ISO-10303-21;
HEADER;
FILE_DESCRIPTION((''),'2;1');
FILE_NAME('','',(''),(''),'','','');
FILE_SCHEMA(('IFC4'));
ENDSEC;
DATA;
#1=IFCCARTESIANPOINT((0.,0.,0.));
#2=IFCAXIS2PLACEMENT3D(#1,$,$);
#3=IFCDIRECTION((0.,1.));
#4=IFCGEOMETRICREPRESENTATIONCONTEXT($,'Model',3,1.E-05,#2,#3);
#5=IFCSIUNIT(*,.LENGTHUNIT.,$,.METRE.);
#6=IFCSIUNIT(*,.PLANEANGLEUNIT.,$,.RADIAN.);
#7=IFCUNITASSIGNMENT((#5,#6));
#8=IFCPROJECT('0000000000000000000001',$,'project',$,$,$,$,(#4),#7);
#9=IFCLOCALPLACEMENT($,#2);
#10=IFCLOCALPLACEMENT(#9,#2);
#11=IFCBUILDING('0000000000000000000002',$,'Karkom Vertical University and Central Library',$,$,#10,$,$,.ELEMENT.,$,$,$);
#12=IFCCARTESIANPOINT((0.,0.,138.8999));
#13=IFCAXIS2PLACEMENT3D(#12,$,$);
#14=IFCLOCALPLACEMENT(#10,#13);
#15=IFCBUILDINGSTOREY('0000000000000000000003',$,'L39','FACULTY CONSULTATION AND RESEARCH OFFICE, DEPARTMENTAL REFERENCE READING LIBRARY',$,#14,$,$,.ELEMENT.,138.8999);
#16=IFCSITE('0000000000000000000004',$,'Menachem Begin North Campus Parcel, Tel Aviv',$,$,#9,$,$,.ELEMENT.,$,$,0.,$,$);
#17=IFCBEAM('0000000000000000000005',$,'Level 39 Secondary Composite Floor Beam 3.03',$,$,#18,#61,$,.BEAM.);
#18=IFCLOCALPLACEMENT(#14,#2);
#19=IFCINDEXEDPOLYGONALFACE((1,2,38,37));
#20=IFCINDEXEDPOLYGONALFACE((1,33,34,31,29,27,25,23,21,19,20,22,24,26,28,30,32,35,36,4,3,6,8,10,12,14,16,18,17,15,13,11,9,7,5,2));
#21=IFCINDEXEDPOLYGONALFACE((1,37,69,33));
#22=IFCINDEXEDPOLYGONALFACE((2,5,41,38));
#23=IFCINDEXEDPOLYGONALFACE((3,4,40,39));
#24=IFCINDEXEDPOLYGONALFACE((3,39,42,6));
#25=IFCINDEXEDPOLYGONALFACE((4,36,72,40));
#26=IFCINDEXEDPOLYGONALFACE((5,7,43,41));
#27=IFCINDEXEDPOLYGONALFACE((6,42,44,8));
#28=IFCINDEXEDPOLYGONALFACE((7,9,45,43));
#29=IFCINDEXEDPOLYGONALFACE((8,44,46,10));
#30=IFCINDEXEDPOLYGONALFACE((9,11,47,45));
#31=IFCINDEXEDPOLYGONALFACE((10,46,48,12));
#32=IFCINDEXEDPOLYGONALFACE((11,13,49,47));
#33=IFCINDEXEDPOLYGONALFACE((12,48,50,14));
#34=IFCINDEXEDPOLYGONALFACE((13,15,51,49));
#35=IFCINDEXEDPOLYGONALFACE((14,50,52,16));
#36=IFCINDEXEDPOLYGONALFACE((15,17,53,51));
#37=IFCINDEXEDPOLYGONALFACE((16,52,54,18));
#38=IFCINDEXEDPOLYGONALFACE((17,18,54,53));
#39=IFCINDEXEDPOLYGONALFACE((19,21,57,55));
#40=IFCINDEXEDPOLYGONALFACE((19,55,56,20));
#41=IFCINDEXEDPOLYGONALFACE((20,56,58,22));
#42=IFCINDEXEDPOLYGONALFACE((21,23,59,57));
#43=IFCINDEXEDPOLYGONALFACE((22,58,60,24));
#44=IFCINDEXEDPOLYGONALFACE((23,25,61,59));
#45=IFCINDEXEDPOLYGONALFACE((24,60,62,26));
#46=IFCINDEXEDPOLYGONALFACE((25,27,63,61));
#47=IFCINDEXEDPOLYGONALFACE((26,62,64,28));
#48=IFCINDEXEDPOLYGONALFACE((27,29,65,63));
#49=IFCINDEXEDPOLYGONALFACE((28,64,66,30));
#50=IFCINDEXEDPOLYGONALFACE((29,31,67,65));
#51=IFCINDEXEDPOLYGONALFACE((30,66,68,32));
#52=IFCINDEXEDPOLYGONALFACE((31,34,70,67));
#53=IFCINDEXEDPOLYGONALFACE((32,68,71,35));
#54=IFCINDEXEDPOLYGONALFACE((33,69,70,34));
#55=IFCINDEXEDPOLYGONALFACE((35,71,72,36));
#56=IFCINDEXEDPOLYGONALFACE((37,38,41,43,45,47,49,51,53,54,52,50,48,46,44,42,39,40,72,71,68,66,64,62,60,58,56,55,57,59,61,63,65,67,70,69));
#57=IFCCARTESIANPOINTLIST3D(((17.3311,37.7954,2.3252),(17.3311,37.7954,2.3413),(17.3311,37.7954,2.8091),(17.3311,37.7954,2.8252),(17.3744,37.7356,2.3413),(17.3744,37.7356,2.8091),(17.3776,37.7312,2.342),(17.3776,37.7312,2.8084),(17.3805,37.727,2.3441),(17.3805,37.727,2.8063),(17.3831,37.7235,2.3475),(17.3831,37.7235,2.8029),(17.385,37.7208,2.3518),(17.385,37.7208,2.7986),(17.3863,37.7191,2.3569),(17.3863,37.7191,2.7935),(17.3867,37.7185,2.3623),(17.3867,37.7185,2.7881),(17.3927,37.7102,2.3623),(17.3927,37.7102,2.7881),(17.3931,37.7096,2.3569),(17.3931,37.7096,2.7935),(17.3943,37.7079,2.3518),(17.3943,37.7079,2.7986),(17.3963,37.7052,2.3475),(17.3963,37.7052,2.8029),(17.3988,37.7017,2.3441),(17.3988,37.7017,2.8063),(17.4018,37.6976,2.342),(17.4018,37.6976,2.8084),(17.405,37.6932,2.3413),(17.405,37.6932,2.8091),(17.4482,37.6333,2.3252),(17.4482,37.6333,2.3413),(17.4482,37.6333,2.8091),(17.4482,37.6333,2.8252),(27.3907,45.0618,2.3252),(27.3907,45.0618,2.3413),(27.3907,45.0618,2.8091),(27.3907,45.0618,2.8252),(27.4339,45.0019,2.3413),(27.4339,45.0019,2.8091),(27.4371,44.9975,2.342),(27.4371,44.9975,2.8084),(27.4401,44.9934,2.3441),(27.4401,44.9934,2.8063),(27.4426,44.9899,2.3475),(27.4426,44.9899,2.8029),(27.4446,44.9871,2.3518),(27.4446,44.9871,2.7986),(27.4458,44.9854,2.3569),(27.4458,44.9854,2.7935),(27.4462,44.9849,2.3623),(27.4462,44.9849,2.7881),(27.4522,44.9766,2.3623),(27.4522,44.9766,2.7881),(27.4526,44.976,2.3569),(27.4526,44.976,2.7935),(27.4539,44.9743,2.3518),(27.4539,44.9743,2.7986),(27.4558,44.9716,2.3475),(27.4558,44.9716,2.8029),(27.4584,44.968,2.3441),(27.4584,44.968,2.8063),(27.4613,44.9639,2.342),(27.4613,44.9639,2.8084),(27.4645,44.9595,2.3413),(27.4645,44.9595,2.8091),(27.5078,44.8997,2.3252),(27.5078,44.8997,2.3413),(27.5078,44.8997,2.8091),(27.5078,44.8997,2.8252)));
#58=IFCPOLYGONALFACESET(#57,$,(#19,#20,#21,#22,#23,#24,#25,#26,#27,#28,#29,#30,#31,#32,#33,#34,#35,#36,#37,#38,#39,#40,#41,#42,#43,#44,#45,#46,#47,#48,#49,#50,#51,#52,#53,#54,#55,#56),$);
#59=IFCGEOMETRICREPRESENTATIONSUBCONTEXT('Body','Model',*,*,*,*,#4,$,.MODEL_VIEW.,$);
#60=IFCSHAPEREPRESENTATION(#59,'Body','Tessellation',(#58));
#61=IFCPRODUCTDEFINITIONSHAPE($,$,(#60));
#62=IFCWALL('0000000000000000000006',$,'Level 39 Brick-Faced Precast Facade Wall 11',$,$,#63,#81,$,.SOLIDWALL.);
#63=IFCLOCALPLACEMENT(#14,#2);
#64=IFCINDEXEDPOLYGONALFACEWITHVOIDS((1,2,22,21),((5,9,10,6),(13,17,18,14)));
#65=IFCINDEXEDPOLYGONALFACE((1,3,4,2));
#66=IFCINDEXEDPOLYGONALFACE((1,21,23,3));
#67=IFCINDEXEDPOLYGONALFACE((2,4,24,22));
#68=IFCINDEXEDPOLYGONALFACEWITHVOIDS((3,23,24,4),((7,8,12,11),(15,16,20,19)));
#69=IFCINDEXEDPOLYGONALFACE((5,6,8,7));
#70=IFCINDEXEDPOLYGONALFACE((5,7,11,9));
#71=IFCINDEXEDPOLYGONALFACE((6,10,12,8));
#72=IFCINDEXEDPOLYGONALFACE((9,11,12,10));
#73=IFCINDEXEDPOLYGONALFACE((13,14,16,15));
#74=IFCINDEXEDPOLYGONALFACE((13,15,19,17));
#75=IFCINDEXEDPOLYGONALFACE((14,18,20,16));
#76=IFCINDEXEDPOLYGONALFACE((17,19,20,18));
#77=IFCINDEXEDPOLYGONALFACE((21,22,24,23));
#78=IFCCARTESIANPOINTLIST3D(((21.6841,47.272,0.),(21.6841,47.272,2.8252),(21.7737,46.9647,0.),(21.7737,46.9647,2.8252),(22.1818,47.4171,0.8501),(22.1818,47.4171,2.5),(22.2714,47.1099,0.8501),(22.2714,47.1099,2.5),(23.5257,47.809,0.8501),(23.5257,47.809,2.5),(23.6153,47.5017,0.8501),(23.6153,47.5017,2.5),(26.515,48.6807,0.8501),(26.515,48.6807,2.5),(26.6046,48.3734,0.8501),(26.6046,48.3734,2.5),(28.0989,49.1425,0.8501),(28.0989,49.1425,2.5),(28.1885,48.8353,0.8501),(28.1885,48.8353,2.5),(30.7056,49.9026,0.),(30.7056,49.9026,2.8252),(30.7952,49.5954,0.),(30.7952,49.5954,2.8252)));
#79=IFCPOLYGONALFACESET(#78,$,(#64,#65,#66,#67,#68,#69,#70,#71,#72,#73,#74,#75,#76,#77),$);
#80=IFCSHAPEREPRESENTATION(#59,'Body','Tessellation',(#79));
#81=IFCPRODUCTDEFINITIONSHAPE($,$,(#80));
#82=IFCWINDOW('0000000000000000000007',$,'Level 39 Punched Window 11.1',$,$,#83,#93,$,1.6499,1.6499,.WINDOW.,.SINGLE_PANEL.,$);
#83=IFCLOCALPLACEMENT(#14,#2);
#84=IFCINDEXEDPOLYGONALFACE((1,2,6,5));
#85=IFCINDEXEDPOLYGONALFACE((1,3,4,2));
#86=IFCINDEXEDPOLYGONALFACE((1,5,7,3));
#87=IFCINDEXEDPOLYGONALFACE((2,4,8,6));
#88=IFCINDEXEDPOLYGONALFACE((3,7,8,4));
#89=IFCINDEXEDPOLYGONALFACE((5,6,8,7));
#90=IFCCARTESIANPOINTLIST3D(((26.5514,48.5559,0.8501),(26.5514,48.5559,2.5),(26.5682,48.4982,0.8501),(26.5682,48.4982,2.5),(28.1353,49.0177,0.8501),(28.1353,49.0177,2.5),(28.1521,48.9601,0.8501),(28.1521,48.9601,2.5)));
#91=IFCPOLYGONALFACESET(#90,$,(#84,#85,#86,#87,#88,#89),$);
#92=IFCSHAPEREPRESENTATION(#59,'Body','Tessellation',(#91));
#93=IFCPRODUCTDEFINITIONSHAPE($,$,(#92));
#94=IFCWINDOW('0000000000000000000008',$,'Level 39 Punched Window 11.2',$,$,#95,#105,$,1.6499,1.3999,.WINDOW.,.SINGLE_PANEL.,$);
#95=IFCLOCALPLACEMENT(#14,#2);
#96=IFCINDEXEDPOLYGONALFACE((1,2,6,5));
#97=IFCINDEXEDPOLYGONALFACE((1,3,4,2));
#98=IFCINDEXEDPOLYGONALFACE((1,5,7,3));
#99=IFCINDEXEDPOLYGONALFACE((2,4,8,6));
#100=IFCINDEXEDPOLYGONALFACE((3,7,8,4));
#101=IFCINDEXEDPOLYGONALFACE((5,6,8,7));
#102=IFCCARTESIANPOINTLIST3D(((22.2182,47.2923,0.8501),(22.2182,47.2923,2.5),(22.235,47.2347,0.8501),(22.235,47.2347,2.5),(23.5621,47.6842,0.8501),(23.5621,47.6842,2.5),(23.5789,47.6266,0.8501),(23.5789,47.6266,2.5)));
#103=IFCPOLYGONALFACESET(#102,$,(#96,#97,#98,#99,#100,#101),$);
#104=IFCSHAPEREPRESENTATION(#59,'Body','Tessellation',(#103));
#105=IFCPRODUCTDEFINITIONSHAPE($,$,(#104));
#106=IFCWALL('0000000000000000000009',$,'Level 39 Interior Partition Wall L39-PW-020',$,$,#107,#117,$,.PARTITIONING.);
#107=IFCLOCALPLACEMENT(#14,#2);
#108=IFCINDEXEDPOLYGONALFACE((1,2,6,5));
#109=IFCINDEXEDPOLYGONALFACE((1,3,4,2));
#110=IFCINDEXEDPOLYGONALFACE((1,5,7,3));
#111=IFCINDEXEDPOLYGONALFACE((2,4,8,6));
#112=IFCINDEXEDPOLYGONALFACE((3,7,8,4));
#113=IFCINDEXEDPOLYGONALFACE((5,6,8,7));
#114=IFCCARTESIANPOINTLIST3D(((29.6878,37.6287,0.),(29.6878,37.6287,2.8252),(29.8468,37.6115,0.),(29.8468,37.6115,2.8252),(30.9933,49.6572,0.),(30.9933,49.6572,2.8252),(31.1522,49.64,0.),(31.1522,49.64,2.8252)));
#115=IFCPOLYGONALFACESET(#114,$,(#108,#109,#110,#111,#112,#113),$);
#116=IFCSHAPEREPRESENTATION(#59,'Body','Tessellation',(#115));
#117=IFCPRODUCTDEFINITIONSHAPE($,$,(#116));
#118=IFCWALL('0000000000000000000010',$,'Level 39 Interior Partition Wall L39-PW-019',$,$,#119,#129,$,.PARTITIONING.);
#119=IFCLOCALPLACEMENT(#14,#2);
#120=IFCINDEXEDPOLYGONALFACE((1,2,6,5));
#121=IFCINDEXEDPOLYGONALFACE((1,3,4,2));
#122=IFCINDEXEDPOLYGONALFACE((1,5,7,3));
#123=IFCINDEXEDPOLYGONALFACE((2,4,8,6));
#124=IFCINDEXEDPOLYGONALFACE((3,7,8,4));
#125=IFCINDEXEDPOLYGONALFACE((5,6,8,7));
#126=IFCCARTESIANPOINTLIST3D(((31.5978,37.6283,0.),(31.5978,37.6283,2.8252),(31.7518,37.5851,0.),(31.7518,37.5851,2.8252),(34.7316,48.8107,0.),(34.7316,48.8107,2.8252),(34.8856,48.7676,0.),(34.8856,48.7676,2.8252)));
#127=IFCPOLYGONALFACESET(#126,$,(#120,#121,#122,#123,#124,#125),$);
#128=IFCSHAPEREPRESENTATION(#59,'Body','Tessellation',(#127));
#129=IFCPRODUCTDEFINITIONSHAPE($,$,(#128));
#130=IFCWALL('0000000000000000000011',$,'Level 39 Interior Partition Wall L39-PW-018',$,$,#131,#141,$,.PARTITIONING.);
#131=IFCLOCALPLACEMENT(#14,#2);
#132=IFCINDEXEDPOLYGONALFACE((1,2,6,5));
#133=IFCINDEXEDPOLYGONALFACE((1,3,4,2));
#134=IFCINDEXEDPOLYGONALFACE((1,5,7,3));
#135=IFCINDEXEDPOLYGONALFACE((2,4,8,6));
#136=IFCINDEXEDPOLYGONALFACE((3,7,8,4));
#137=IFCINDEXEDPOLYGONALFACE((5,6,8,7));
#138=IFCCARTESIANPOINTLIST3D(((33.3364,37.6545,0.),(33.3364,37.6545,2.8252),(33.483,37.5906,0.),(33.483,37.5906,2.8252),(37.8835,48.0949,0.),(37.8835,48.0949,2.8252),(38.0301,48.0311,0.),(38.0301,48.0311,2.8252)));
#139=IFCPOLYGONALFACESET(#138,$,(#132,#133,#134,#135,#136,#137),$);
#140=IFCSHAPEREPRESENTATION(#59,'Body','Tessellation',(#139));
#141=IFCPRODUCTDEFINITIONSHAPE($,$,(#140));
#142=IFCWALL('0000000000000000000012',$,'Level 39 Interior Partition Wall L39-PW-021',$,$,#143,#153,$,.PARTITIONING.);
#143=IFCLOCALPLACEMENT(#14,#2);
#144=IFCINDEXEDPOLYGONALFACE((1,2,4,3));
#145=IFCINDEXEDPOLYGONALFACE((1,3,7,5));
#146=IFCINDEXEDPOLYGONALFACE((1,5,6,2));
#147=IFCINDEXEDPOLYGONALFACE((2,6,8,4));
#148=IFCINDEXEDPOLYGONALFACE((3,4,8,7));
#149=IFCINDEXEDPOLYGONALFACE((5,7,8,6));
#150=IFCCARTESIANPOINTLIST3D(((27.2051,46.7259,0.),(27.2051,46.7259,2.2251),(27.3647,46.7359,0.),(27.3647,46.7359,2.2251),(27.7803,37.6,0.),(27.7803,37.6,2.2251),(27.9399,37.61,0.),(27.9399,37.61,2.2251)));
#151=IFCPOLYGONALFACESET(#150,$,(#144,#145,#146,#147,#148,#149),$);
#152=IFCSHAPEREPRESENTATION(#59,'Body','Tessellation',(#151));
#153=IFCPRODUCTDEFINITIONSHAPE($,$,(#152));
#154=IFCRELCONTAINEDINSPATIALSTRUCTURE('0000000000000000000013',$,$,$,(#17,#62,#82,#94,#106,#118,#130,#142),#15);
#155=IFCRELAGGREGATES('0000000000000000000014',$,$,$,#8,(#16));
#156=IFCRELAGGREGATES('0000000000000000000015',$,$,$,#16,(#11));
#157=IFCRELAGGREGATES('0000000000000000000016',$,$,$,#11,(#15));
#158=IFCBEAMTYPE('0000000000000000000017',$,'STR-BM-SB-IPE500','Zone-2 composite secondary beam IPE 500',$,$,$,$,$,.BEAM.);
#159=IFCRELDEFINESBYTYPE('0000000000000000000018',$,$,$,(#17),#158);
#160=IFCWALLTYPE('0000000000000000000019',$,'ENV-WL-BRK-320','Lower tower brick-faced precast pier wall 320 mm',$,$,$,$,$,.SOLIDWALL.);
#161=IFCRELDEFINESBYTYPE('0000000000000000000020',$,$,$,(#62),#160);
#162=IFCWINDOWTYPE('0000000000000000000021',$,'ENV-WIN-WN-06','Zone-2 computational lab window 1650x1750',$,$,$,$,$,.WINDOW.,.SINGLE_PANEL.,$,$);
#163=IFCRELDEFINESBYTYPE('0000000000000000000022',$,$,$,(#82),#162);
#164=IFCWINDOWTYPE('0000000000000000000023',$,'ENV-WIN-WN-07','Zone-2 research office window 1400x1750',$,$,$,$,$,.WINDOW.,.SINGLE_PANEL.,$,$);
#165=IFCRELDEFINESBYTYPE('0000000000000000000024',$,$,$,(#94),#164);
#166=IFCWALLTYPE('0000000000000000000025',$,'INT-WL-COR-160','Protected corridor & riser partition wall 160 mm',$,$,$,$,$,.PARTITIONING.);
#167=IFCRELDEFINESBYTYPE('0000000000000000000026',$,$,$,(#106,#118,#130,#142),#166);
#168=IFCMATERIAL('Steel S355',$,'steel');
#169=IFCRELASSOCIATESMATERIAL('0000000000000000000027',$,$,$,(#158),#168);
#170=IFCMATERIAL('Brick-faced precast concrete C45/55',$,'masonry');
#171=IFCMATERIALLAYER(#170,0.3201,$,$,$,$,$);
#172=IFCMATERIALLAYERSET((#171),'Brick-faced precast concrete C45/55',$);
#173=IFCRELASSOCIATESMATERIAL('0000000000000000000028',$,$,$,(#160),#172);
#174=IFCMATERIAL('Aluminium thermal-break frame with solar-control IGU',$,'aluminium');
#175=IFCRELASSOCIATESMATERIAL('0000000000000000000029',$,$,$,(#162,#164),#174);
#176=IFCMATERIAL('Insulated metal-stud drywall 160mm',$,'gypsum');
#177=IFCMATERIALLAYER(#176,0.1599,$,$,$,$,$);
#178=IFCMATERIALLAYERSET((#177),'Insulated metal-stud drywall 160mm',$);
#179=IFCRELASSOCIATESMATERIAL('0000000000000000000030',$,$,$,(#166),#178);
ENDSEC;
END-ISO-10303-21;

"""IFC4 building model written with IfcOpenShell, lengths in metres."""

from ifc_helpers import new_model, si_unit, direction, frame, frame_2d, origin, origin_with_axes, origin_2d, place, context, subcontext, project, spatial, rectangle, i_section, extrude, source, transform, mapped, material, layer, layer_set, material_profile, profile_set, type_object, element, fill, save


model = new_model("IFC4")

# Units and contexts
model_context = context("Model", 3, precision=1e-05, world=origin(), true_north=direction((0.0, 1.0)))
body_context = subcontext(model_context, "Body", "Model", "MODEL_VIEW")
ifc_project = project(units=[si_unit("LENGTHUNIT", "METRE"), si_unit("PLANEANGLEUNIT", "RADIAN")], contexts=[model_context])

# Site, building, storey
site_placement = place(None, origin())
site = spatial("IfcSite", under=ifc_project, at=site_placement, Name="Menachem Begin North Campus Parcel, Tel Aviv", CompositionType="ELEMENT", RefElevation=0.0)
building_placement = place(site_placement, origin())
building = spatial("IfcBuilding", under=site, at=building_placement, Name="Karkom Vertical University and Central Library", CompositionType="ELEMENT")
storey_placement = place(building_placement, frame((0.0, 0.0, 138.8999)))
storey = spatial("IfcBuildingStorey", under=building, at=storey_placement, Name="L39", Description="FACULTY CONSULTATION AND RESEARCH OFFICE, DEPARTMENTAL REFERENCE READING LIBRARY", CompositionType="ELEMENT", Elevation=138.8999)

# Beam
ifc_material_1 = material(Name="Steel S355", Category="steel")
ifc_material_profile_1 = material_profile(ifc_material_1, i_section(OverallWidth=0.2, OverallDepth=0.5, WebThickness=0.0103, FlangeThickness=0.0161, FilletRadius=0.021, at=origin_2d()), Name="IPE 500")
ifc_profile_set_1 = profile_set([ifc_material_profile_1], Name="Steel S355")
beam_type_1 = type_object("IfcBeamType", Name="STR-BM-SB-IPE500", Description="Zone-2 composite secondary beam IPE 500", PredefinedType="BEAM", material=ifc_profile_set_1)
shared_shape_1 = source(origin_with_axes(), body_context, "Body", "SweptSolid", [
    extrude(i_section(OverallWidth=0.2, OverallDepth=0.5, WebThickness=0.0103, FlangeThickness=0.0161, FilletRadius=0.021, at=origin_2d()), origin(), (0.0, 0.0, 1.0), 12.4094),
])
beam_1_placement = place(storey_placement, frame((27.4492, 44.9807, 2.5752), z_axis=(-0.810637, -0.585549, 0.0), x_axis=(0.585549, -0.810637, 0.0)))
element("IfcBeam", 1, at=beam_1_placement, inside=storey, type_object=beam_type_1, Name="Level 39 Secondary Composite Floor Beam 3.03", PredefinedType="BEAM", context=body_context, shape_type="MappedRepresentation", body=[
    mapped(shared_shape_1, transform((0.0, 0.0, 0.0), scale=1.0)),
])

# Wall, openings, windows
ifc_material_2 = material(Name="Brick-faced precast concrete C45/55", Category="masonry")
ifc_layer_1 = layer(ifc_material_2, 0.3201)
ifc_layer_set_1 = layer_set([ifc_layer_1], Name="Brick-faced precast concrete C45/55")
wall_type_1 = type_object("IfcWallType", Name="ENV-WL-BRK-320", Description="Lower tower brick-faced precast pier wall 320 mm", PredefinedType="SOLIDWALL", material=ifc_layer_set_1)
wall_1_placement = place(storey_placement, frame((30.7505, 49.749, 0.0), z_axis=(0.0, 0.0, 1.0), x_axis=(-0.960019, -0.279936, 0.0)))
wall_1 = element("IfcWall", 2, at=wall_1_placement, inside=storey, type_object=wall_type_1, Name="Level 39 Brick-Faced Precast Facade Wall 11", PredefinedType="SOLIDWALL", context=body_context, shape_type="SweptSolid", body=[
    extrude(rectangle(XDim=9.3972, YDim=0.3201, at=frame_2d((4.6987, 0.0))), origin(), (0.0, 0.0, 1.0), 2.8252),
])
opening_1_placement = place(wall_1_placement, frame((2.7153, 0.0, 0.8501)))
opening_1 = element("IfcOpeningElement", 3, at=opening_1_placement, cuts=wall_1, PredefinedType="OPENING", context=body_context, shape_type="SweptSolid", body=[
    extrude(rectangle(XDim=1.6499, YDim=1.6499, at=frame_2d((0.825, 0.825))), frame((0.0, 0.1699, 0.0), z_axis=(0.0, -1.0, 0.0), x_axis=(1.0, 0.0, 0.0)), (0.0, 0.0, 1.0), 0.3401),
])
opening_2_placement = place(wall_1_placement, frame((7.479, 0.0, 0.8501)))
opening_2 = element("IfcOpeningElement", 4, at=opening_2_placement, cuts=wall_1, PredefinedType="OPENING", context=body_context, shape_type="SweptSolid", body=[
    extrude(rectangle(XDim=1.3999, YDim=1.6499, at=frame_2d((0.7, 0.825))), frame((0.0, 0.1699, 0.0), z_axis=(0.0, -1.0, 0.0), x_axis=(1.0, 0.0, 0.0)), (0.0, 0.0, 1.0), 0.3401),
])
ifc_material_3 = material(Name="Aluminium thermal-break frame with solar-control IGU", Category="aluminium")
window_type_1 = type_object("IfcWindowType", Name="ENV-WIN-WN-06", Description="Zone-2 computational lab window 1650x1750", PartitioningType="SINGLE_PANEL", PredefinedType="WINDOW", material=ifc_material_3)
shared_shape_2 = source(origin_with_axes(), body_context, "Body", "SweptSolid", [
    extrude(rectangle(XDim=1.6499, YDim=1.6499, at=frame_2d((0.825, 0.825))), frame((0.0, 0.03, 0.0), z_axis=(0.0, -1.0, 0.0), x_axis=(1.0, 0.0, 0.0)), (0.0, 0.0, 1.0), 0.0601),
])
window_1_placement = place(opening_1_placement, origin())
window_1 = element("IfcWindow", 5, at=window_1_placement, inside=storey, type_object=window_type_1, Name="Level 39 Punched Window 11.1", OverallHeight=1.6499, OverallWidth=1.6499, PartitioningType="SINGLE_PANEL", PredefinedType="WINDOW", context=body_context, shape_type="MappedRepresentation", body=[
    mapped(shared_shape_2, transform((0.0, 0.0, 0.0), scale=1.0)),
])
fill(opening_1, window_1)
window_type_2 = type_object("IfcWindowType", Name="ENV-WIN-WN-07", Description="Zone-2 research office window 1400x1750", PartitioningType="SINGLE_PANEL", PredefinedType="WINDOW", material=ifc_material_3)
shared_shape_3 = source(origin_with_axes(), body_context, "Body", "SweptSolid", [
    extrude(rectangle(XDim=1.3999, YDim=1.6499, at=frame_2d((0.7, 0.825))), frame((0.0, 0.03, 0.0), z_axis=(0.0, -1.0, 0.0), x_axis=(1.0, 0.0, 0.0)), (0.0, 0.0, 1.0), 0.0601),
])
window_2_placement = place(opening_2_placement, origin())
window_2 = element("IfcWindow", 6, at=window_2_placement, inside=storey, type_object=window_type_2, Name="Level 39 Punched Window 11.2", OverallHeight=1.6499, OverallWidth=1.3999, PartitioningType="SINGLE_PANEL", PredefinedType="WINDOW", context=body_context, shape_type="MappedRepresentation", body=[
    mapped(shared_shape_3, transform((0.0, 0.0, 0.0), scale=1.0)),
])
fill(opening_2, window_2)

# Walls
ifc_material_4 = material(Name="Insulated metal-stud drywall 160mm", Category="gypsum")
ifc_layer_2 = layer(ifc_material_4, 0.1599)
ifc_layer_set_2 = layer_set([ifc_layer_2], Name="Insulated metal-stud drywall 160mm")
wall_type_2 = type_object("IfcWallType", Name="INT-WL-COR-160", Description="Protected corridor & riser partition wall 160 mm", PredefinedType="PARTITIONING", material=ifc_layer_set_2)
wall_2_placement = place(storey_placement, frame((29.7673, 37.6201, 0.0), z_axis=(0.0, 0.0, 1.0), x_axis=(0.107893, 0.994162, 0.0)))
element("IfcWall", 7, at=wall_2_placement, inside=storey, type_object=wall_type_2, Name="Level 39 Interior Partition Wall L39-PW-020", PredefinedType="PARTITIONING", context=body_context, shape_type="SweptSolid", body=[
    extrude(rectangle(XDim=12.0991, YDim=0.1599, at=frame_2d((6.0496, 0.0))), origin(), (0.0, 0.0, 1.0), 2.8252),
])
wall_3_placement = place(storey_placement, frame((31.6748, 37.6067, 0.0), z_axis=(0.0, 0.0, 1.0), x_axis=(0.269847, 0.962903, 0.0)))
element("IfcWall", 8, at=wall_3_placement, inside=storey, type_object=wall_type_2, Name="Level 39 Interior Partition Wall L39-PW-019", PredefinedType="PARTITIONING", context=body_context, shape_type="SweptSolid", body=[
    extrude(rectangle(XDim=11.6133, YDim=0.1599, at=frame_2d((5.8066, 0.0))), origin(), (0.0, 0.0, 1.0), 2.8252),
])
wall_4_placement = place(storey_placement, frame((33.4097, 37.6226, 0.0), z_axis=(0.0, 0.0, 1.0), x_axis=(0.399302, 0.916819, 0.0)))
element("IfcWall", 9, at=wall_4_placement, inside=storey, type_object=wall_type_2, Name="Level 39 Interior Partition Wall L39-PW-018", PredefinedType="PARTITIONING", context=body_context, shape_type="SweptSolid", body=[
    extrude(rectangle(XDim=11.3877, YDim=0.1599, at=frame_2d((5.6938, 0.0))), origin(), (0.0, 0.0, 1.0), 2.8252),
])
wall_5_placement = place(storey_placement, frame((27.8601, 37.605, 0.0), z_axis=(0.0, 0.0, 1.0), x_axis=(-0.062904, 0.99802, 0.0)))
element("IfcWall", 10, at=wall_5_placement, inside=storey, type_object=wall_type_2, Name="Level 39 Interior Partition Wall L39-PW-021", PredefinedType="PARTITIONING", context=body_context, shape_type="SweptSolid", body=[
    extrude(rectangle(XDim=9.144, YDim=0.1599, at=frame_2d((4.572, 0.0))), origin(), (0.0, 0.0, 1.0), 2.2251),
])

save(model, "model.ifc")
